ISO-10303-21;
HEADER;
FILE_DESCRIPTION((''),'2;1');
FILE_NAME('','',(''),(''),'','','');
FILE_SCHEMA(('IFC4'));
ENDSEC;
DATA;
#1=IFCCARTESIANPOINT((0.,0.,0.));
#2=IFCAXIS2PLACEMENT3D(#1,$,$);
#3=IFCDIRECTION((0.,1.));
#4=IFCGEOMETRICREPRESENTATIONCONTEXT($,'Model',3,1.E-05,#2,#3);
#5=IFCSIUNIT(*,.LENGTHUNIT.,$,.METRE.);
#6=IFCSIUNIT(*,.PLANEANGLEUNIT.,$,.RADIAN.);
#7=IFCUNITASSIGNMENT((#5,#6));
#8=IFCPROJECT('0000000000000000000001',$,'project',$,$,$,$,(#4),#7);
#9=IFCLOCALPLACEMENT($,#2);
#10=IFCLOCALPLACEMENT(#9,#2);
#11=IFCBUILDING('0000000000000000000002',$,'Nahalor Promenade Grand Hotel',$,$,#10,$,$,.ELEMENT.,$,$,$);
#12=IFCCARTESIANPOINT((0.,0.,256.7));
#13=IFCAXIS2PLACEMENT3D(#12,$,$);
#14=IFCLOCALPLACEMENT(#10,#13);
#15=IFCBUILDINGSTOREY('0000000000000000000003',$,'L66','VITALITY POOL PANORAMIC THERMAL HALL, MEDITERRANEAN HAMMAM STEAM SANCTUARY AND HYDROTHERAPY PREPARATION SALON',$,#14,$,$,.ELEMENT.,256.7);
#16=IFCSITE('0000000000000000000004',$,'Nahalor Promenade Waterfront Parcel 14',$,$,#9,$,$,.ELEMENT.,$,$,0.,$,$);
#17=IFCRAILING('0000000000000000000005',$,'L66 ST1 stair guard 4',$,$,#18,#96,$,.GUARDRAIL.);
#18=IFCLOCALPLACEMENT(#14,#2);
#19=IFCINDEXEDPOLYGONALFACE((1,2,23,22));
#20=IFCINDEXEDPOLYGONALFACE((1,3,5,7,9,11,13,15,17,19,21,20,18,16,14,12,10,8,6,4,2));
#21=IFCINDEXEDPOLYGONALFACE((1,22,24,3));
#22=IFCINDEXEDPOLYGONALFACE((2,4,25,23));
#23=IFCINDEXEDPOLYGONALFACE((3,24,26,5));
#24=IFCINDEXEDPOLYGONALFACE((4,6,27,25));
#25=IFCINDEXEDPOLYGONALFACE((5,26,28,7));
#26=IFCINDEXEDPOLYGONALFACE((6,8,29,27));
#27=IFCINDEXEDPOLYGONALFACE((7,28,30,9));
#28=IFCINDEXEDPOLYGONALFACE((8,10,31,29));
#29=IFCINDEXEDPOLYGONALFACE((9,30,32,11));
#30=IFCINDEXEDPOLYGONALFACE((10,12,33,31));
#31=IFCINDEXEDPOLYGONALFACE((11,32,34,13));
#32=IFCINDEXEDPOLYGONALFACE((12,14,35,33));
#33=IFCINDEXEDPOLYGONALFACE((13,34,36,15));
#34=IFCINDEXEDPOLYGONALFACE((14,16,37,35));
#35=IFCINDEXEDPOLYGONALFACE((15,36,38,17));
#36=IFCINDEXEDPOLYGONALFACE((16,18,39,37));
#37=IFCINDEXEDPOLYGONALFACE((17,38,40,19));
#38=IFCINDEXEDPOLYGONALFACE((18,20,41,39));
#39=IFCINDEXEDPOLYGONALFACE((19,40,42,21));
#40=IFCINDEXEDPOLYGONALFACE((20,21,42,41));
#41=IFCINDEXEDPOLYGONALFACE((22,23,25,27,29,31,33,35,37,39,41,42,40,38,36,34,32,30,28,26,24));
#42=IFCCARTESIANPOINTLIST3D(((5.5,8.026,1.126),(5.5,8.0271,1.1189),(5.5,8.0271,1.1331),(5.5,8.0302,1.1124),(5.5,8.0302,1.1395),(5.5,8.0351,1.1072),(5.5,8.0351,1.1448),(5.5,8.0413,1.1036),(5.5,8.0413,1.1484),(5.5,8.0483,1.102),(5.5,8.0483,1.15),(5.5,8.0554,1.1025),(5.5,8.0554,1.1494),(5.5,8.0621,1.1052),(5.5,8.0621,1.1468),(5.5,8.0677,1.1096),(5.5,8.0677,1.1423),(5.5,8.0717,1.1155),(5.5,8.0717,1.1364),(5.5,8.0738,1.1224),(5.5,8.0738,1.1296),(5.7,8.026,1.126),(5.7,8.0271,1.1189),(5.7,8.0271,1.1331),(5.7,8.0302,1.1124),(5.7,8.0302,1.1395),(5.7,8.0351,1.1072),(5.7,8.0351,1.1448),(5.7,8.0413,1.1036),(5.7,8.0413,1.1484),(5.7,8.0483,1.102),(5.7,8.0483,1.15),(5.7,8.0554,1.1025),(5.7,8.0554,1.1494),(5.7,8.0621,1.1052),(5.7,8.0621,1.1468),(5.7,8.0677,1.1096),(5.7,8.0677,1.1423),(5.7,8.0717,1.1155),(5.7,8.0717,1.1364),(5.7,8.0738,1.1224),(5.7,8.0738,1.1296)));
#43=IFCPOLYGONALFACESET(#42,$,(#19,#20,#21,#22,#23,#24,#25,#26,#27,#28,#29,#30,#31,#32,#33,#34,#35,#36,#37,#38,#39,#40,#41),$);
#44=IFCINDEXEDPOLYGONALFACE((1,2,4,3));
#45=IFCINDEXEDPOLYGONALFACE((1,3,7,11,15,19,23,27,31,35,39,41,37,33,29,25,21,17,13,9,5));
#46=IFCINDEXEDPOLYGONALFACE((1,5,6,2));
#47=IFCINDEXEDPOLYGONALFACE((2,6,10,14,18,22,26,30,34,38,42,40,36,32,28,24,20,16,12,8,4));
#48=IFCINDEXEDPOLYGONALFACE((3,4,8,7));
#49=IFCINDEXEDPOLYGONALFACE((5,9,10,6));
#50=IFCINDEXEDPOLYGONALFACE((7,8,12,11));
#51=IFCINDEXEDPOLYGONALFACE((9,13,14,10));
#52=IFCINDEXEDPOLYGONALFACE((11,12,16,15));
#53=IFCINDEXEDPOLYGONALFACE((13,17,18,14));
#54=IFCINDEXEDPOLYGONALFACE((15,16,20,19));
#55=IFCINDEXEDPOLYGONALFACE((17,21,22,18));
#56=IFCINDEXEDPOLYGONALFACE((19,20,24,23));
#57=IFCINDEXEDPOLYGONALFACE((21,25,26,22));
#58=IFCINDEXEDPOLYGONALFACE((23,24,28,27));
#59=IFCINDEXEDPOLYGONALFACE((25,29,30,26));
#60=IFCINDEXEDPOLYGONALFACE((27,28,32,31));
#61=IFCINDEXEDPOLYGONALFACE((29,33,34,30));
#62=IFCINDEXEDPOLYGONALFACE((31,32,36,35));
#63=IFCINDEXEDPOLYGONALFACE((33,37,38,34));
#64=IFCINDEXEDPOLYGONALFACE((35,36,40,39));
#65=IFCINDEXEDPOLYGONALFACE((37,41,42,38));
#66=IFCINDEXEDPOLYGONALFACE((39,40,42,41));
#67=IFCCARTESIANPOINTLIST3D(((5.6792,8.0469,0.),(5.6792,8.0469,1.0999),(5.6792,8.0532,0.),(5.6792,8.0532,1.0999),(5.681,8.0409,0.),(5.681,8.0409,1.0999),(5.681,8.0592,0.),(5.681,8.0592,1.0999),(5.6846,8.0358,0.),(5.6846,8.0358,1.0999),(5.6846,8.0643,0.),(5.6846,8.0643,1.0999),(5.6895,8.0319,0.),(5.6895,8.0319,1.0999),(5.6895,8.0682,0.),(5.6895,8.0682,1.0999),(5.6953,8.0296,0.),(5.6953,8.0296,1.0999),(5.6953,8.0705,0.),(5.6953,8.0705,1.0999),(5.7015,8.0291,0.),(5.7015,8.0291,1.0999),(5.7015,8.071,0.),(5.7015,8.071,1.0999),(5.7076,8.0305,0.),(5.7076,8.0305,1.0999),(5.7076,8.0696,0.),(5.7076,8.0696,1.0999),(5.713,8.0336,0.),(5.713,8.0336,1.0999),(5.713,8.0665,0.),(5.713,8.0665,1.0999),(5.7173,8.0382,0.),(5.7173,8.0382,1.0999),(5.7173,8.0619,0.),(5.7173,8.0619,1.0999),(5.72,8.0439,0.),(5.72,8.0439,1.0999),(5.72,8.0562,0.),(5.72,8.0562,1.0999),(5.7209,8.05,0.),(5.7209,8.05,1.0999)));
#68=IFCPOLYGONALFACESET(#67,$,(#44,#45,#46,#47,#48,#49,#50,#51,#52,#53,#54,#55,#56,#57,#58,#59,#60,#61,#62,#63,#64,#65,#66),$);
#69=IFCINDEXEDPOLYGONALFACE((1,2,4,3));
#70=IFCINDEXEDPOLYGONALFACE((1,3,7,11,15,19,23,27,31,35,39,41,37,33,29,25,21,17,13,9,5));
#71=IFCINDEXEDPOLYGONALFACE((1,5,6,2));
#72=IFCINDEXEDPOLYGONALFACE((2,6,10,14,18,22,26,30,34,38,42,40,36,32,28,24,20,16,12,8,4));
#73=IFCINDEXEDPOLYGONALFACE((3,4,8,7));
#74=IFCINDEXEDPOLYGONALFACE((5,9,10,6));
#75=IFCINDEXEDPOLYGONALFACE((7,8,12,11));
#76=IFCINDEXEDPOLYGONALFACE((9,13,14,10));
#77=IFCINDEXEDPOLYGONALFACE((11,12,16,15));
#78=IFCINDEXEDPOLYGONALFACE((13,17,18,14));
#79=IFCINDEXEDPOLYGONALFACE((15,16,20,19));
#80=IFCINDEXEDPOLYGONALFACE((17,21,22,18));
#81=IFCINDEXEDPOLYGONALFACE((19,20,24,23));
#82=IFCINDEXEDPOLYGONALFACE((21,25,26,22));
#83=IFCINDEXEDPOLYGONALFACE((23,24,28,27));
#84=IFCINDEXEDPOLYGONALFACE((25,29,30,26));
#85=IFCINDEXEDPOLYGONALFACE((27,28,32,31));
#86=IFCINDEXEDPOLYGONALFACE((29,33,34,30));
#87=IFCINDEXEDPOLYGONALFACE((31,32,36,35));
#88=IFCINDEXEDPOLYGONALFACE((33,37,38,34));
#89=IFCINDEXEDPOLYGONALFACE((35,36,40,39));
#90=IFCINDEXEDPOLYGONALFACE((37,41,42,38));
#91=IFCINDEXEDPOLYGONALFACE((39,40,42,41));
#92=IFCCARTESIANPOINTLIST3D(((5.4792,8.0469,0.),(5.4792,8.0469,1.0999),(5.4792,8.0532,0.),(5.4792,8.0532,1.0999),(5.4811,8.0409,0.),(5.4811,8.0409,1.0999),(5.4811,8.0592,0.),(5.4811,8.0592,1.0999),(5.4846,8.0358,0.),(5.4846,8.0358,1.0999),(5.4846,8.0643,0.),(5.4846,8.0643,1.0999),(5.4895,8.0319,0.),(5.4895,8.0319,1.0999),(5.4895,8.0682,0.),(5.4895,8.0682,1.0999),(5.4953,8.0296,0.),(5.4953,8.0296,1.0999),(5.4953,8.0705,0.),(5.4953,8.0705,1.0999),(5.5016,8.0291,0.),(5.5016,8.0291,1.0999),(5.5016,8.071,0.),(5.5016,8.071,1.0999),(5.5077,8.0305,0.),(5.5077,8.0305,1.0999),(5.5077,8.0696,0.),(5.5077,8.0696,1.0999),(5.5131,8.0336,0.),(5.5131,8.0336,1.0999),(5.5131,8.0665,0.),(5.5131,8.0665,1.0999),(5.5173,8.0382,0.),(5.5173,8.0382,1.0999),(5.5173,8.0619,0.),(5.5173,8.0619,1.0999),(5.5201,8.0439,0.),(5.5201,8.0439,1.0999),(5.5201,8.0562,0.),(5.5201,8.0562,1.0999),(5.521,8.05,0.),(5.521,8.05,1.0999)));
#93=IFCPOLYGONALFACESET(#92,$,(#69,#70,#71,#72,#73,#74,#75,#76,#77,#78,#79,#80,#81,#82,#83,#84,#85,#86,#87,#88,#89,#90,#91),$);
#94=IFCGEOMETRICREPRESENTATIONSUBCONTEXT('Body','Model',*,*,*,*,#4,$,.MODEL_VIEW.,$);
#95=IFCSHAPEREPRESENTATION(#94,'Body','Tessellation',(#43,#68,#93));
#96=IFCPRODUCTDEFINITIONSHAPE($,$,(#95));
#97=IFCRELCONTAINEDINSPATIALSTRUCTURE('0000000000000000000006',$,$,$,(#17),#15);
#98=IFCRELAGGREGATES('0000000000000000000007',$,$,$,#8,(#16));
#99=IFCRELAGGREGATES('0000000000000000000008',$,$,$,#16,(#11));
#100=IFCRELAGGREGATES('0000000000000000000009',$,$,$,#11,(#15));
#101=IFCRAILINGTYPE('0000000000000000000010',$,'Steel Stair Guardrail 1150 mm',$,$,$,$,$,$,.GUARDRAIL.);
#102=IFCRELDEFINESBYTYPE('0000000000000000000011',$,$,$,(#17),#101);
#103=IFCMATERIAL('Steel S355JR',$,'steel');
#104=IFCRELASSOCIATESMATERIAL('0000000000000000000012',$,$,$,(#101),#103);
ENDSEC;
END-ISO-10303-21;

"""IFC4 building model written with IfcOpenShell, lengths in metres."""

from ifc_helpers import new_model, si_unit, direction, frame, origin, origin_2d, place, context, subcontext, project, spatial, circle, extrude, material, type_object, element, save


model = new_model("IFC4")

# Units and contexts
model_context = context("Model", 3, precision=1e-05, world=origin(), true_north=direction((0.0, 1.0)))
body_context = subcontext(model_context, "Body", "Model", "MODEL_VIEW")
ifc_project = project(units=[si_unit("LENGTHUNIT", "METRE"), si_unit("PLANEANGLEUNIT", "RADIAN")], contexts=[model_context])

# Site, building, storey
site_placement = place(None, origin())
site = spatial("IfcSite", under=ifc_project, at=site_placement, Name="Nahalor Promenade Waterfront Parcel 14", CompositionType="ELEMENT", RefElevation=0.0)
building_placement = place(site_placement, origin())
building = spatial("IfcBuilding", under=site, at=building_placement, Name="Nahalor Promenade Grand Hotel", CompositionType="ELEMENT")
storey_placement = place(building_placement, frame((0.0, 0.0, 256.7)))
storey = spatial("IfcBuildingStorey", under=building, at=storey_placement, Name="L66", Description="VITALITY POOL PANORAMIC THERMAL HALL, MEDITERRANEAN HAMMAM STEAM SANCTUARY AND HYDROTHERAPY PREPARATION SALON", CompositionType="ELEMENT", Elevation=256.7)

# Shared definitions
ifc_material_1 = material(Name="Steel S355JR", Category="steel")

# Railing
railing_type_1 = type_object("IfcRailingType", Name="Steel Stair Guardrail 1150 mm", PredefinedType="GUARDRAIL", material=ifc_material_1)
railing_1_placement = place(storey_placement, frame((5.7, 8.05, 0.0)))
element("IfcRailing", 1, at=railing_1_placement, inside=storey, type_object=railing_type_1, Name="L66 ST1 stair guard 4", PredefinedType="GUARDRAIL", context=body_context, shape_type="SweptSolid", body=[
    extrude(circle(Radius=0.024, at=origin_2d()), frame((0.0, 0.0, 1.126), z_axis=(-1.0, 0.0, 0.0), x_axis=(0.0, -1.0, 0.0)), (0.0, 0.0, 1.0), 0.2),
    extrude(circle(Radius=0.021, at=origin_2d()), origin(), (0.0, 0.0, 1.0), 1.0999),
    extrude(circle(Radius=0.021, at=origin_2d()), frame((-0.2, 0.0, 0.0)), (0.0, 0.0, 1.0), 1.0999),
])

save(model, "model.ifc")
